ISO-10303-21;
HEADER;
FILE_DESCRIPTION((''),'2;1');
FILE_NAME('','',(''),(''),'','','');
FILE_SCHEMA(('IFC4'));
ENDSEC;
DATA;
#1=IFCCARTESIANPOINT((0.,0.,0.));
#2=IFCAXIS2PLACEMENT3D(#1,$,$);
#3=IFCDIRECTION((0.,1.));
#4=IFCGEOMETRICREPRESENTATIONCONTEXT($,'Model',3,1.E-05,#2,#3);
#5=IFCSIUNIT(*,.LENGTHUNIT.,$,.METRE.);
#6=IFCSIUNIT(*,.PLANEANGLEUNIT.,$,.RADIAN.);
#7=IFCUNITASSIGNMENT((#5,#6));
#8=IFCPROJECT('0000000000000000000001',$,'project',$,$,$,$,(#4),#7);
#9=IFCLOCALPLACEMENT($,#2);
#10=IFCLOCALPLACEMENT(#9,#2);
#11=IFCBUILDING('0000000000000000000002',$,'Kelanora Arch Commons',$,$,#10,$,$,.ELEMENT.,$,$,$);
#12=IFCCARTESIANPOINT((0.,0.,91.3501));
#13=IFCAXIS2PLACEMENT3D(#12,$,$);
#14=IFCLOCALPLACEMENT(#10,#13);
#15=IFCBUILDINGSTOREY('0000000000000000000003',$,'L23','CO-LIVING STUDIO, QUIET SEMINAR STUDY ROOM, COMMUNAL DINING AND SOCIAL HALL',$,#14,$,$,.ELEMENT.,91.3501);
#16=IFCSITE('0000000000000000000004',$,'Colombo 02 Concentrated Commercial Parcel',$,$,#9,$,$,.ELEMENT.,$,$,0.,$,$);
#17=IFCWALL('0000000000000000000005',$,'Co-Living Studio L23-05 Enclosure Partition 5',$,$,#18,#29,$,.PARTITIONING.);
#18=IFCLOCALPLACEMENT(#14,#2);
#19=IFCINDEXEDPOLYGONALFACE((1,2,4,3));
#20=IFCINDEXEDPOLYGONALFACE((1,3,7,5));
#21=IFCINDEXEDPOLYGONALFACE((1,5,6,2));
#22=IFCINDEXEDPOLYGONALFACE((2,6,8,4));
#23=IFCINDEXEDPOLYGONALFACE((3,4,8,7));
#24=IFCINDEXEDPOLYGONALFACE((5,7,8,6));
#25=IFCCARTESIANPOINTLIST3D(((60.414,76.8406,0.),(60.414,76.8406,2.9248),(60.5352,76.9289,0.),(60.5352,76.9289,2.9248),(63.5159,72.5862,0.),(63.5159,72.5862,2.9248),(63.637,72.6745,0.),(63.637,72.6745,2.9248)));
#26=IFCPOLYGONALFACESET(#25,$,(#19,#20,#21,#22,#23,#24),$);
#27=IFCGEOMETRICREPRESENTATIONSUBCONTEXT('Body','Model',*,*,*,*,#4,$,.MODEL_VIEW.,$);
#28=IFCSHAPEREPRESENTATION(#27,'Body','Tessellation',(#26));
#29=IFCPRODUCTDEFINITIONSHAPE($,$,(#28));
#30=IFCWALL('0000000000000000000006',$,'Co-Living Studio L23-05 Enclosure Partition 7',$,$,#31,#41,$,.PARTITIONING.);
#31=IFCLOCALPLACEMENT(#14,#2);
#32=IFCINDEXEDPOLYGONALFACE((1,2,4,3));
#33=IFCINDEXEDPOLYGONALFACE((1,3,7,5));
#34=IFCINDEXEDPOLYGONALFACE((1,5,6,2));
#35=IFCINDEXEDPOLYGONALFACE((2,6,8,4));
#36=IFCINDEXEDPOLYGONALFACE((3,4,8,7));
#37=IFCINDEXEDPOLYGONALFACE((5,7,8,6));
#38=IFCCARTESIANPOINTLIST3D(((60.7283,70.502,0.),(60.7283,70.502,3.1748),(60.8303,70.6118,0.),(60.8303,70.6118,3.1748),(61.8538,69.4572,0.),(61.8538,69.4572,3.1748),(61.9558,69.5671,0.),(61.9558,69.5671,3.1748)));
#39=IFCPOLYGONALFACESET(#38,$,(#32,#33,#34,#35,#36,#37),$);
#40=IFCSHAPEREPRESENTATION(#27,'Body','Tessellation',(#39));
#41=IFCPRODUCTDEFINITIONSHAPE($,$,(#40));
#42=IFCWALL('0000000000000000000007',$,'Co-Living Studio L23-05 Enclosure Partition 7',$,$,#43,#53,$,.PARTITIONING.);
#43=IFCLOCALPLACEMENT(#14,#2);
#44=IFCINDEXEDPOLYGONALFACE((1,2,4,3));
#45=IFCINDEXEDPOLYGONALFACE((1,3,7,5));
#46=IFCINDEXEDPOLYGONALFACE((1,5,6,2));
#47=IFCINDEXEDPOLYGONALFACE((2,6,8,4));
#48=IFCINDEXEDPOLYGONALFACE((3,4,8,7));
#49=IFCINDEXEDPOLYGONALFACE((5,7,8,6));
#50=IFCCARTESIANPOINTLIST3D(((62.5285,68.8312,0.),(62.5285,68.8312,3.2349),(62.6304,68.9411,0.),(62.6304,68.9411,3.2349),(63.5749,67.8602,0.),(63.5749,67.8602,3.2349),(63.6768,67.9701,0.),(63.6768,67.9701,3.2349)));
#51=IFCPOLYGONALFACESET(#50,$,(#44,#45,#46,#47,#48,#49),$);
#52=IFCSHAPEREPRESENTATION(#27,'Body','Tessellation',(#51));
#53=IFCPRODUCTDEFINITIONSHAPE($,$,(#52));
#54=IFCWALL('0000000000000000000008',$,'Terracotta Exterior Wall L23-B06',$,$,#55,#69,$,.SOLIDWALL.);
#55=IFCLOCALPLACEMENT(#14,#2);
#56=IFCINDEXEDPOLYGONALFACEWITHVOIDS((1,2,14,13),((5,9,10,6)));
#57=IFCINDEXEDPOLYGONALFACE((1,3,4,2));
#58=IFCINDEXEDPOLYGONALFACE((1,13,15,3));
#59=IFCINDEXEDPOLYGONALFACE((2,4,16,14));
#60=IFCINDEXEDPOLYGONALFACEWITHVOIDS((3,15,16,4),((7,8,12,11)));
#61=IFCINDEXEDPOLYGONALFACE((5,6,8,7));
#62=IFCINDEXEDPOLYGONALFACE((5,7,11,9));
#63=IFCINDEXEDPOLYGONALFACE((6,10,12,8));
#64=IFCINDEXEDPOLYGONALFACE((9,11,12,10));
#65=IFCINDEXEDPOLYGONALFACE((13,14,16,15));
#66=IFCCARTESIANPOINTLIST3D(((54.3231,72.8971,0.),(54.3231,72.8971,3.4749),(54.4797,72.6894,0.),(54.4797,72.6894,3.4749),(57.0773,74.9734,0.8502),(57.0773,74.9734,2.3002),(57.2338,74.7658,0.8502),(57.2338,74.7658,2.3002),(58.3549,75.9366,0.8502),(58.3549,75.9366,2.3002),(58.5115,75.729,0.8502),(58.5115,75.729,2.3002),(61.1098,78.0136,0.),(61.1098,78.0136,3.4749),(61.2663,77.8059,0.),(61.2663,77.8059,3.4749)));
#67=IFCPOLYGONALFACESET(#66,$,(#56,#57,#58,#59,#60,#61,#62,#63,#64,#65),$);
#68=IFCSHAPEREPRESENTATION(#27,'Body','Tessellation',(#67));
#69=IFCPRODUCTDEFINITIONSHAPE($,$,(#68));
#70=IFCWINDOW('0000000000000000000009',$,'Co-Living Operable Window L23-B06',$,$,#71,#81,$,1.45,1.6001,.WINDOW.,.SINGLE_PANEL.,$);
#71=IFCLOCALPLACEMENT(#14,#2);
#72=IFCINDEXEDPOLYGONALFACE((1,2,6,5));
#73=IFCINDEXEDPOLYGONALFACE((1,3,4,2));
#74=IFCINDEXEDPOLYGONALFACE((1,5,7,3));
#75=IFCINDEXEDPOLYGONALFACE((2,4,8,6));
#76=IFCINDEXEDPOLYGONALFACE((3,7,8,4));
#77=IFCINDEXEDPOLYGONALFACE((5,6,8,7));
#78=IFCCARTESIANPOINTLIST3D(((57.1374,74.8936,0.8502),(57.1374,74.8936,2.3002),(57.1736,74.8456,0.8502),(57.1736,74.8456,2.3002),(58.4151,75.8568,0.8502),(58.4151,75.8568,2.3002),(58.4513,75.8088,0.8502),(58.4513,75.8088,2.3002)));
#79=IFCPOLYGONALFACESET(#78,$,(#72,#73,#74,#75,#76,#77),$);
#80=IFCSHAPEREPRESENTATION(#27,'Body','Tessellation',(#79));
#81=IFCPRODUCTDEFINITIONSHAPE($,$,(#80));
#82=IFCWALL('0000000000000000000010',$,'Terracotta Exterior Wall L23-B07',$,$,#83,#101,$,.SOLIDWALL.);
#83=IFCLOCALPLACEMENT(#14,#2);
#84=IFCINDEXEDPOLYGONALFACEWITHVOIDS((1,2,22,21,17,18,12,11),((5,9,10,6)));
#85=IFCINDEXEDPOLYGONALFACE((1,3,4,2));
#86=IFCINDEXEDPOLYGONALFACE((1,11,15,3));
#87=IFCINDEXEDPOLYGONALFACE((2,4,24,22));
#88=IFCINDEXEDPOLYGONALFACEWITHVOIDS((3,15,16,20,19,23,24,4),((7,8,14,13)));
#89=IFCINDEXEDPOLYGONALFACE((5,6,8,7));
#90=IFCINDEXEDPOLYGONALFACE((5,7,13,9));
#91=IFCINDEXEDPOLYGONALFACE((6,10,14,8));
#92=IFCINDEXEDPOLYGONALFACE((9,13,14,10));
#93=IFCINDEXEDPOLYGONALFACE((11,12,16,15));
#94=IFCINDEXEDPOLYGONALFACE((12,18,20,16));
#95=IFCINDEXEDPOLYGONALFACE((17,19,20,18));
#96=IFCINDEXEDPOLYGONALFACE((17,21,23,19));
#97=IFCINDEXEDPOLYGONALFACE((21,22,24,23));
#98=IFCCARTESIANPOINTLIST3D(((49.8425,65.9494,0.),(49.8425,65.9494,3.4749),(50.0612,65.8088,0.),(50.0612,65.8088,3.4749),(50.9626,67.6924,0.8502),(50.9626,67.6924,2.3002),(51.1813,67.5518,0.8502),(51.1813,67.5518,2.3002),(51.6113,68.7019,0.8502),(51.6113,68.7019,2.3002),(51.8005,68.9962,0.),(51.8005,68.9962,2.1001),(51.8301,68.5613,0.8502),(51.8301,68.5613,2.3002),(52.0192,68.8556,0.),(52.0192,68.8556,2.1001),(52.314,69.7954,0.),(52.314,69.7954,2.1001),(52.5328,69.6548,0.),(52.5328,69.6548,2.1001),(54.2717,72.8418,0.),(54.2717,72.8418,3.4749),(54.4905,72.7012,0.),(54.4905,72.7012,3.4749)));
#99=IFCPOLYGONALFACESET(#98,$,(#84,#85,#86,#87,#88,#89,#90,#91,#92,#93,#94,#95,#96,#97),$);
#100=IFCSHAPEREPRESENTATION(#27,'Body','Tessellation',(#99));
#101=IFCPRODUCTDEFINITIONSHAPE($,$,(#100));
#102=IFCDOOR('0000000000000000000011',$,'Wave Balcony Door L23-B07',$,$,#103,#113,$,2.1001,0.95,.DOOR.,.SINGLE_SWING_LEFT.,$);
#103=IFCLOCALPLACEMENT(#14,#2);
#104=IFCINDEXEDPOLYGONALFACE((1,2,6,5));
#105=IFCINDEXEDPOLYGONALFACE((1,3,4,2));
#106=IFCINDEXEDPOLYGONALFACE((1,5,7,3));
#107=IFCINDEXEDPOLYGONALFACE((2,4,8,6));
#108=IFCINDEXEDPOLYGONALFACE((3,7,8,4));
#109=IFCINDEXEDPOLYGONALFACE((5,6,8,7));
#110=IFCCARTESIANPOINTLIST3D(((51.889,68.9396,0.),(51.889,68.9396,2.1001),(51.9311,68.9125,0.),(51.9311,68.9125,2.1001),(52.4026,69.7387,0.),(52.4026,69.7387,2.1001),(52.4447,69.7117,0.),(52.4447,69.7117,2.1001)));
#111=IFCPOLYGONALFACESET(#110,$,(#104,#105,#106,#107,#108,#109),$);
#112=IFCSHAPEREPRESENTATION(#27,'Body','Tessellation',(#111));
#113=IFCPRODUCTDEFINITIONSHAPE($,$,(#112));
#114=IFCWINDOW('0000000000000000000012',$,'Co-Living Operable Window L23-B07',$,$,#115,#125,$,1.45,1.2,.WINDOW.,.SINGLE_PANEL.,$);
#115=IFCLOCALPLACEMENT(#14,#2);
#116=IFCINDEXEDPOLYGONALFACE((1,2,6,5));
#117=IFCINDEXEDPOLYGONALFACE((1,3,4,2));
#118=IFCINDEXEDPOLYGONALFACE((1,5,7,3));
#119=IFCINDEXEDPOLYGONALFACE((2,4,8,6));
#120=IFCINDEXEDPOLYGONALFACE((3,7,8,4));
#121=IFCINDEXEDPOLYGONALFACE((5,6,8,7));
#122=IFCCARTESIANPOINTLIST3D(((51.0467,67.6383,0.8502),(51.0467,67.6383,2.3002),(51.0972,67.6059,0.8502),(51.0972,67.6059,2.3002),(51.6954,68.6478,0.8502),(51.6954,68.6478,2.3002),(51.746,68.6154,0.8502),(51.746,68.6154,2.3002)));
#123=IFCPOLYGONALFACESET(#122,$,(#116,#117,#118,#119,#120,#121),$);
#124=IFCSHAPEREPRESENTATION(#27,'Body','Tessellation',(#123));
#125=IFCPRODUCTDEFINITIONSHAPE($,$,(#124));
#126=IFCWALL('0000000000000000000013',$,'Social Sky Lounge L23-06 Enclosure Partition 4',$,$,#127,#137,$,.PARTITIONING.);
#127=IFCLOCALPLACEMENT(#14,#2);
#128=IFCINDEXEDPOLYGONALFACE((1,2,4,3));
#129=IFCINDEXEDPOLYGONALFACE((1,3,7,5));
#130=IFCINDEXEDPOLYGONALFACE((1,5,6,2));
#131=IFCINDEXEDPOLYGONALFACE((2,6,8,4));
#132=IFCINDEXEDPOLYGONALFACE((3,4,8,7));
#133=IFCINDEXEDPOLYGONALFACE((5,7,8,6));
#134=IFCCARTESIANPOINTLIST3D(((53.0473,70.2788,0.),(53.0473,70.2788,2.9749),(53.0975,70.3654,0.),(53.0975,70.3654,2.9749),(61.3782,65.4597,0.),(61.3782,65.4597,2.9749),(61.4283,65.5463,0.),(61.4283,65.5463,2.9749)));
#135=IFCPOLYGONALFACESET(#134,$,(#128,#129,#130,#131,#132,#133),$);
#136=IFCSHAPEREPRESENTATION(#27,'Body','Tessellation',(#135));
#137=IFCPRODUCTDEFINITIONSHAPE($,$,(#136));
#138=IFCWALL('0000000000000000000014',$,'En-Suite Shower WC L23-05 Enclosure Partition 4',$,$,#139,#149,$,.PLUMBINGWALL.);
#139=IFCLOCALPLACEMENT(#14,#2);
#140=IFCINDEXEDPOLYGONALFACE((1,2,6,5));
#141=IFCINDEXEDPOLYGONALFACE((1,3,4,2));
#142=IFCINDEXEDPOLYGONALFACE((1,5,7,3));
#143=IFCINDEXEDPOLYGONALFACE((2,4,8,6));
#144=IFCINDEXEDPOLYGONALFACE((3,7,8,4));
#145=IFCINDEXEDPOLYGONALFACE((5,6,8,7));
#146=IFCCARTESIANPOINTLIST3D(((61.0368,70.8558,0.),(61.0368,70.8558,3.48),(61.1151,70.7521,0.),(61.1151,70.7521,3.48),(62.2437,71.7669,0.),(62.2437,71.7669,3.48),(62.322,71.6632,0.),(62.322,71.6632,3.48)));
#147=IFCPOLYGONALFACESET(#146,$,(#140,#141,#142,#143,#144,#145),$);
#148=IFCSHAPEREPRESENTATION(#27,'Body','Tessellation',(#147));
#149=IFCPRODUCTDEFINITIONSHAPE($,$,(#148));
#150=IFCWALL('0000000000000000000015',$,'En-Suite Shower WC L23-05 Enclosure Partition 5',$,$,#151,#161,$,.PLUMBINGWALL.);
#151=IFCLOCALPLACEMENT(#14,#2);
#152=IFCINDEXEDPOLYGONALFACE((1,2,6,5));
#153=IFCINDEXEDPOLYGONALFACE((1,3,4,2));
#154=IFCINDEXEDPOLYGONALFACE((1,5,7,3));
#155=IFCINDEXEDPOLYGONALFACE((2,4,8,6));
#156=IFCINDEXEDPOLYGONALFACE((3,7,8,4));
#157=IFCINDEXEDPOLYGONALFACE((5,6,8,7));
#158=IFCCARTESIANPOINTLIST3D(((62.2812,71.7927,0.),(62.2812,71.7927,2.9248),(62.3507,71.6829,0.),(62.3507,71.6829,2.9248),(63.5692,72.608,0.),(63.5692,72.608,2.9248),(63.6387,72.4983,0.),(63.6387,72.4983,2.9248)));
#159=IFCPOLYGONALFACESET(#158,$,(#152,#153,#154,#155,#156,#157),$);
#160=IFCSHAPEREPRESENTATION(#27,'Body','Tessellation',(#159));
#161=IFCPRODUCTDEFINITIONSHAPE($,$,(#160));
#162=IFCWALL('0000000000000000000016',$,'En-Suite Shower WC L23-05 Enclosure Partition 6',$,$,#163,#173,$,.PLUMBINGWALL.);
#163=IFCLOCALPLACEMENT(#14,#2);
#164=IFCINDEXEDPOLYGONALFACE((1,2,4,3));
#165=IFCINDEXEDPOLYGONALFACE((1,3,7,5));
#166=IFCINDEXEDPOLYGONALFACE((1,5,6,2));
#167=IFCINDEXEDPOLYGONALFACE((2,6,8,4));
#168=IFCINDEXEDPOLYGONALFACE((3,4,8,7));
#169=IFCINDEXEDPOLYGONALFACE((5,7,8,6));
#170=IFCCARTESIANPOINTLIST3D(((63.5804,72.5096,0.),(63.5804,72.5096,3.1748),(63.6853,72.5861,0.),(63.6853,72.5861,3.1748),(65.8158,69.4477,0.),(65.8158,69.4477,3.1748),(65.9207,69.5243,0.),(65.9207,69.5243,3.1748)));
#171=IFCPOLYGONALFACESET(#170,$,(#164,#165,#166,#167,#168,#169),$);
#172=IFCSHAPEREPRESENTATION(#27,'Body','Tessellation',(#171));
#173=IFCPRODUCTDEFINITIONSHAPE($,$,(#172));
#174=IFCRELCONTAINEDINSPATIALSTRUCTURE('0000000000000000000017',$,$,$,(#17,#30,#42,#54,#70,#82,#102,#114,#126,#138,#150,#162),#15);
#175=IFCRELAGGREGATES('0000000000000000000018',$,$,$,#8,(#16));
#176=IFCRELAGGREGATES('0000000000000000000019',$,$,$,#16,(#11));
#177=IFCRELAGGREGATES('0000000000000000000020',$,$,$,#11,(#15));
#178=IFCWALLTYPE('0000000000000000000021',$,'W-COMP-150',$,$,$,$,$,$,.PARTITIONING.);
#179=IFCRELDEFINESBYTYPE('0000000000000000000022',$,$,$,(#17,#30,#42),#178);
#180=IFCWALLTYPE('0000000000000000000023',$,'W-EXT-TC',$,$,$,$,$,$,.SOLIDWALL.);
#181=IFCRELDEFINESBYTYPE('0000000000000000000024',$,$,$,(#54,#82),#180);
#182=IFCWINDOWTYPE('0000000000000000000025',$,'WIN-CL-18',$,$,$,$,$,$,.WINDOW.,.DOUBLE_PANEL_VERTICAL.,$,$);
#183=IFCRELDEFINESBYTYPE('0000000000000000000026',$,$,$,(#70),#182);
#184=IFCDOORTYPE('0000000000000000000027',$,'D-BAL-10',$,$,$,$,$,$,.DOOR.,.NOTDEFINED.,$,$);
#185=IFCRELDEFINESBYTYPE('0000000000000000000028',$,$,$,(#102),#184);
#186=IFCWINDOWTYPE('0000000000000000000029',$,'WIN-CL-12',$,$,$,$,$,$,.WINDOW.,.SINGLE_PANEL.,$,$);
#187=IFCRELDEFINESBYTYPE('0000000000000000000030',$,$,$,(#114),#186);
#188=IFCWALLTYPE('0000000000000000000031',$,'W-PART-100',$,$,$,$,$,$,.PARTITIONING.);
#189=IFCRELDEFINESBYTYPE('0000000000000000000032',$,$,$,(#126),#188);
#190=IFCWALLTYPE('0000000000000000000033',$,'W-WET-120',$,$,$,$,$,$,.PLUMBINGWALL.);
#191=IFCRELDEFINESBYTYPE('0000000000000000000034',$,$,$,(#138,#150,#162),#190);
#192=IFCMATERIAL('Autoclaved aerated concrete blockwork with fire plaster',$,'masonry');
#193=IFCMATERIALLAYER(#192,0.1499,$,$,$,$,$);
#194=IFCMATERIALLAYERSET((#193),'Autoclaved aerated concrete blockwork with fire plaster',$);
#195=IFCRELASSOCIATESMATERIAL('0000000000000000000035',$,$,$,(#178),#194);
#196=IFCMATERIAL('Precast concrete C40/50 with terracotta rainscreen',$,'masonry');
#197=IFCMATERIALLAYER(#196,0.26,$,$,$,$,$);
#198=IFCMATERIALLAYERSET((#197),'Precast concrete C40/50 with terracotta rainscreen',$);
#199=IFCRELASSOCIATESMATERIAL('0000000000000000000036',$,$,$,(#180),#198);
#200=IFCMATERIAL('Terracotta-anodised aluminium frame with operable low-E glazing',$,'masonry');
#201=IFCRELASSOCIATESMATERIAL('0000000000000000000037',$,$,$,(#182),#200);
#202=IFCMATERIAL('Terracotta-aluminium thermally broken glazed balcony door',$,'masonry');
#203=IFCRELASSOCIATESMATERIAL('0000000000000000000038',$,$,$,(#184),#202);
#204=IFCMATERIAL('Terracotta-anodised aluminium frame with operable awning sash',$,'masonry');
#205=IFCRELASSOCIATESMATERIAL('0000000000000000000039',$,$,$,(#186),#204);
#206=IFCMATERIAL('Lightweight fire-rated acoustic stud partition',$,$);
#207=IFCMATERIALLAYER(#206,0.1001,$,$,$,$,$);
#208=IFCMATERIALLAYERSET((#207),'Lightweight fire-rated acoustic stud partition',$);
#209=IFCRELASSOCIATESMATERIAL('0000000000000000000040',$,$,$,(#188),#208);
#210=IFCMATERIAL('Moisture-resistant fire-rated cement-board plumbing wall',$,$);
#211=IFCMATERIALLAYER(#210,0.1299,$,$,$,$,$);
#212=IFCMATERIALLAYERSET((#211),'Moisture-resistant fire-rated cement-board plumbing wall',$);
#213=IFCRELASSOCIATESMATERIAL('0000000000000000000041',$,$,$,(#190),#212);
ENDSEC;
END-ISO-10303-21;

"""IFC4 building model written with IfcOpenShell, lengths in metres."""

from ifc_helpers import new_model, si_unit, direction, frame, frame_2d, origin, place, context, subcontext, project, spatial, rectangle, extrude, material, layer, layer_set, type_object, element, fill, save


model = new_model("IFC4")

# Units and contexts
model_context = context("Model", 3, precision=1e-05, world=origin(), true_north=direction((0.0, 1.0)))
body_context = subcontext(model_context, "Body", "Model", "MODEL_VIEW")
ifc_project = project(units=[si_unit("LENGTHUNIT", "METRE"), si_unit("PLANEANGLEUNIT", "RADIAN")], contexts=[model_context])

# Site, building, storey
site_placement = place(None, origin())
site = spatial("IfcSite", under=ifc_project, at=site_placement, Name="Colombo 02 Concentrated Commercial Parcel", CompositionType="ELEMENT", RefElevation=0.0)
building_placement = place(site_placement, origin())
building = spatial("IfcBuilding", under=site, at=building_placement, Name="Kelanora Arch Commons", CompositionType="ELEMENT")
storey_placement = place(building_placement, frame((0.0, 0.0, 91.3501)))
storey = spatial("IfcBuildingStorey", under=building, at=storey_placement, Name="L23", Description="CO-LIVING STUDIO, QUIET SEMINAR STUDY ROOM, COMMUNAL DINING AND SOCIAL HALL", CompositionType="ELEMENT", Elevation=91.3501)

# Shared definitions
ifc_material_1 = material(Name="Autoclaved aerated concrete blockwork with fire plaster", Category="masonry")
ifc_layer_1 = layer(ifc_material_1, 0.1499)
ifc_layer_set_1 = layer_set([ifc_layer_1], Name="Autoclaved aerated concrete blockwork with fire plaster")
wall_type_1 = type_object("IfcWallType", Name="W-COMP-150", PredefinedType="PARTITIONING", material=ifc_layer_set_1)

# Walls
wall_1_placement = place(storey_placement, frame((60.4746, 76.8848, 0.0), z_axis=(0.0, 0.0, 1.0), x_axis=(0.589128, -0.80804, 0.0)))
element("IfcWall", 1, at=wall_1_placement, inside=storey, type_object=wall_type_1, Name="Co-Living Studio L23-05 Enclosure Partition 5", PredefinedType="PARTITIONING", context=body_context, shape_type="SweptSolid", body=[
    extrude(rectangle(XDim=5.2651, YDim=0.1499, at=frame_2d((2.6326, 0.0))), origin(), (0.0, 0.0, 1.0), 2.9248),
])
wall_2_placement = place(storey_placement, frame((60.7793, 70.5569, 0.0), z_axis=(0.0, 0.0, 1.0), x_axis=(0.732929, -0.680305, 0.0)))
element("IfcWall", 2, at=wall_2_placement, inside=storey, type_object=wall_type_1, Name="Co-Living Studio L23-05 Enclosure Partition 7", PredefinedType="PARTITIONING", context=body_context, shape_type="SweptSolid", body=[
    extrude(rectangle(XDim=1.5356, YDim=0.1499, at=frame_2d((0.7678, 0.0))), origin(), (0.0, 0.0, 1.0), 3.1748),
])
wall_3_placement = place(storey_placement, frame((62.5793, 68.8862, 0.0), z_axis=(0.0, 0.0, 1.0), x_axis=(0.733037, -0.680189, 0.0)))
element("IfcWall", 3, at=wall_3_placement, inside=storey, type_object=wall_type_1, Name="Co-Living Studio L23-05 Enclosure Partition 7", PredefinedType="PARTITIONING", context=body_context, shape_type="SweptSolid", body=[
    extrude(rectangle(XDim=1.4275, YDim=0.1499, at=frame_2d((0.7139, 0.0))), origin(), (0.0, 0.0, 1.0), 3.2349),
])

# Wall, opening, window
ifc_material_2 = material(Name="Precast concrete C40/50 with terracotta rainscreen", Category="masonry")
ifc_layer_2 = layer(ifc_material_2, 0.26)
ifc_layer_set_2 = layer_set([ifc_layer_2], Name="Precast concrete C40/50 with terracotta rainscreen")
wall_type_2 = type_object("IfcWallType", Name="W-EXT-TC", PredefinedType="SOLIDWALL", material=ifc_layer_set_2)
wall_4_placement = place(storey_placement, frame((61.188, 77.9097, 0.0), z_axis=(0.0, 0.0, 1.0), x_axis=(-0.798502, -0.601993, 0.0)))
wall_4 = element("IfcWall", 4, at=wall_4_placement, inside=storey, type_object=wall_type_2, Name="Terracotta Exterior Wall L23-B06", PredefinedType="SOLIDWALL", context=body_context, shape_type="SweptSolid", body=[
    extrude(rectangle(XDim=8.4993, YDim=0.26, at=frame_2d((4.2495, 0.0))), origin(), (0.0, 0.0, 1.0), 3.4749),
])
opening_1_placement = place(wall_4_placement, frame((3.45, 0.0, 0.8501)))
opening_1 = element("IfcOpeningElement", 5, at=opening_1_placement, cuts=wall_4, PredefinedType="OPENING", context=body_context, shape_type="SweptSolid", body=[
    extrude(rectangle(XDim=1.6001, YDim=1.45, at=frame_2d((0.8, 0.7251))), frame((0.0, 0.1401, 0.0), z_axis=(0.0, -1.0, 0.0), x_axis=(1.0, 0.0, 0.0)), (0.0, 0.0, 1.0), 0.28),
])
ifc_material_3 = material(Name="Terracotta-anodised aluminium frame with operable low-E glazing", Category="masonry")
window_type_1 = type_object("IfcWindowType", Name="WIN-CL-18", PartitioningType="DOUBLE_PANEL_VERTICAL", PredefinedType="WINDOW", material=ifc_material_3)
window_1_placement = place(opening_1_placement, origin())
window_1 = element("IfcWindow", 6, at=window_1_placement, inside=storey, type_object=window_type_1, Name="Co-Living Operable Window L23-B06", OverallHeight=1.45, OverallWidth=1.6001, PartitioningType="SINGLE_PANEL", PredefinedType="WINDOW", context=body_context, shape_type="SweptSolid", body=[
    extrude(rectangle(XDim=1.6001, YDim=1.45, at=frame_2d((0.8, 0.7251))), frame((0.0, 0.03, 0.0), z_axis=(0.0, -1.0, 0.0), x_axis=(1.0, 0.0, 0.0)), (0.0, 0.0, 1.0), 0.0601),
])
fill(opening_1, window_1)

# Wall, openings, door, window
wall_5_placement = place(storey_placement, frame((54.3811, 72.7715, 0.0), z_axis=(0.0, 0.0, 1.0), x_axis=(-0.540621, -0.841267, 0.0)))
wall_5 = element("IfcWall", 7, at=wall_5_placement, inside=storey, type_object=wall_type_2, Name="Terracotta Exterior Wall L23-B07", PredefinedType="SOLIDWALL", context=body_context, shape_type="SweptSolid", body=[
    extrude(rectangle(XDim=8.1929, YDim=0.26, at=frame_2d((4.0964, 0.0))), origin(), (0.0, 0.0, 1.0), 3.4749),
])
opening_2_placement = place(wall_5_placement, frame((3.6211, 0.0, 0.0)))
opening_2 = element("IfcOpeningElement", 8, at=opening_2_placement, cuts=wall_5, PredefinedType="OPENING", context=body_context, shape_type="SweptSolid", body=[
    extrude(rectangle(XDim=0.95, YDim=2.1001, at=frame_2d((0.4751, 1.05))), frame((0.0, 0.1401, 0.0), z_axis=(0.0, -1.0, 0.0), x_axis=(1.0, 0.0, 0.0)), (0.0, 0.0, 1.0), 0.28),
])
opening_3_placement = place(wall_5_placement, frame((4.9209, 0.0, 0.8501)))
opening_3 = element("IfcOpeningElement", 9, at=opening_3_placement, cuts=wall_5, PredefinedType="OPENING", context=body_context, shape_type="SweptSolid", body=[
    extrude(rectangle(XDim=1.2, YDim=1.45, at=frame_2d((0.6001, 0.7251))), frame((0.0, 0.1401, 0.0), z_axis=(0.0, -1.0, 0.0), x_axis=(1.0, 0.0, 0.0)), (0.0, 0.0, 1.0), 0.28),
])
ifc_material_4 = material(Name="Terracotta-aluminium thermally broken glazed balcony door", Category="masonry")
door_type_1 = type_object("IfcDoorType", Name="D-BAL-10", OperationType="NOTDEFINED", PredefinedType="DOOR", material=ifc_material_4)
door_1_placement = place(opening_2_placement, frame((0.95, 0.0, 0.0), z_axis=(0.0, 0.0, 1.0), x_axis=(-1.0, 0.0, 0.0)))
door_1 = element("IfcDoor", 10, at=door_1_placement, inside=storey, type_object=door_type_1, Name="Wave Balcony Door L23-B07", OperationType="SINGLE_SWING_LEFT", OverallHeight=2.1001, OverallWidth=0.95, PredefinedType="DOOR", context=body_context, shape_type="SweptSolid", body=[
    extrude(rectangle(XDim=0.95, YDim=2.1001, at=frame_2d((0.4751, 1.05))), frame((0.0, 0.0249, 0.0), z_axis=(0.0, -1.0, 0.0), x_axis=(1.0, 0.0, 0.0)), (0.0, 0.0, 1.0), 0.05),
])
fill(opening_2, door_1)
ifc_material_5 = material(Name="Terracotta-anodised aluminium frame with operable awning sash", Category="masonry")
window_type_2 = type_object("IfcWindowType", Name="WIN-CL-12", PartitioningType="SINGLE_PANEL", PredefinedType="WINDOW", material=ifc_material_5)
window_2_placement = place(opening_3_placement, origin())
window_2 = element("IfcWindow", 11, at=window_2_placement, inside=storey, type_object=window_type_2, Name="Co-Living Operable Window L23-B07", OverallHeight=1.45, OverallWidth=1.2, PartitioningType="SINGLE_PANEL", PredefinedType="WINDOW", context=body_context, shape_type="SweptSolid", body=[
    extrude(rectangle(XDim=1.2, YDim=1.45, at=frame_2d((0.6001, 0.7251))), frame((0.0, 0.03, 0.0), z_axis=(0.0, -1.0, 0.0), x_axis=(1.0, 0.0, 0.0)), (0.0, 0.0, 1.0), 0.0601),
])
fill(opening_3, window_2)

# Walls
ifc_material_6 = material(Name="Lightweight fire-rated acoustic stud partition")
ifc_layer_3 = layer(ifc_material_6, 0.1001)
ifc_layer_set_3 = layer_set([ifc_layer_3], Name="Lightweight fire-rated acoustic stud partition")
wall_type_3 = type_object("IfcWallType", Name="W-PART-100", PredefinedType="PARTITIONING", material=ifc_layer_set_3)
wall_6_placement = place(storey_placement, frame((53.0725, 70.322, 0.0), z_axis=(0.0, 0.0, 1.0), x_axis=(0.865607, -0.500724, 0.0)))
element("IfcWall", 12, at=wall_6_placement, inside=storey, type_object=wall_type_3, Name="Social Sky Lounge L23-06 Enclosure Partition 4", PredefinedType="PARTITIONING", context=body_context, shape_type="SweptSolid", body=[
    extrude(rectangle(XDim=9.6243, YDim=0.1001, at=frame_2d((4.812, 0.0))), origin(), (0.0, 0.0, 1.0), 2.9749),
])
ifc_material_7 = material(Name="Moisture-resistant fire-rated cement-board plumbing wall")
ifc_layer_4 = layer(ifc_material_7, 0.1299)
ifc_layer_set_4 = layer_set([ifc_layer_4], Name="Moisture-resistant fire-rated cement-board plumbing wall")
wall_type_4 = type_object("IfcWallType", Name="W-WET-120", PredefinedType="PLUMBINGWALL", material=ifc_layer_set_4)
wall_7_placement = place(storey_placement, frame((61.0759, 70.804, 0.0), z_axis=(0.0, 0.0, 1.0), x_axis=(0.798136, 0.602477, 0.0)))
element("IfcWall", 13, at=wall_7_placement, inside=storey, type_object=wall_type_4, Name="En-Suite Shower WC L23-05 Enclosure Partition 4", PredefinedType="PLUMBINGWALL", context=body_context, shape_type="SweptSolid", body=[
    extrude(rectangle(XDim=1.5122, YDim=0.1299, at=frame_2d((0.7561, 0.0))), origin(), (0.0, 0.0, 1.0), 3.48),
])
wall_8_placement = place(storey_placement, frame((62.3159, 71.7378, 0.0), z_axis=(0.0, 0.0, 1.0), x_axis=(0.844925, 0.534884, 0.0)))
element("IfcWall", 14, at=wall_8_placement, inside=storey, type_object=wall_type_4, Name="En-Suite Shower WC L23-05 Enclosure Partition 5", PredefinedType="PLUMBINGWALL", context=body_context, shape_type="SweptSolid", body=[
    extrude(rectangle(XDim=1.5244, YDim=0.1299, at=frame_2d((0.7622, 0.0))), origin(), (0.0, 0.0, 1.0), 2.9248),
])
wall_9_placement = place(storey_placement, frame((63.6328, 72.5479, 0.0), z_axis=(0.0, 0.0, 1.0), x_axis=(0.589656, -0.807654, 0.0)))
element("IfcWall", 15, at=wall_9_placement, inside=storey, type_object=wall_type_4, Name="En-Suite Shower WC L23-05 Enclosure Partition 6", PredefinedType="PLUMBINGWALL", context=body_context, shape_type="SweptSolid", body=[
    extrude(rectangle(XDim=3.791, YDim=0.1299, at=frame_2d((1.8955, 0.0))), origin(), (0.0, 0.0, 1.0), 3.1748),
])

save(model, "model.ifc")
